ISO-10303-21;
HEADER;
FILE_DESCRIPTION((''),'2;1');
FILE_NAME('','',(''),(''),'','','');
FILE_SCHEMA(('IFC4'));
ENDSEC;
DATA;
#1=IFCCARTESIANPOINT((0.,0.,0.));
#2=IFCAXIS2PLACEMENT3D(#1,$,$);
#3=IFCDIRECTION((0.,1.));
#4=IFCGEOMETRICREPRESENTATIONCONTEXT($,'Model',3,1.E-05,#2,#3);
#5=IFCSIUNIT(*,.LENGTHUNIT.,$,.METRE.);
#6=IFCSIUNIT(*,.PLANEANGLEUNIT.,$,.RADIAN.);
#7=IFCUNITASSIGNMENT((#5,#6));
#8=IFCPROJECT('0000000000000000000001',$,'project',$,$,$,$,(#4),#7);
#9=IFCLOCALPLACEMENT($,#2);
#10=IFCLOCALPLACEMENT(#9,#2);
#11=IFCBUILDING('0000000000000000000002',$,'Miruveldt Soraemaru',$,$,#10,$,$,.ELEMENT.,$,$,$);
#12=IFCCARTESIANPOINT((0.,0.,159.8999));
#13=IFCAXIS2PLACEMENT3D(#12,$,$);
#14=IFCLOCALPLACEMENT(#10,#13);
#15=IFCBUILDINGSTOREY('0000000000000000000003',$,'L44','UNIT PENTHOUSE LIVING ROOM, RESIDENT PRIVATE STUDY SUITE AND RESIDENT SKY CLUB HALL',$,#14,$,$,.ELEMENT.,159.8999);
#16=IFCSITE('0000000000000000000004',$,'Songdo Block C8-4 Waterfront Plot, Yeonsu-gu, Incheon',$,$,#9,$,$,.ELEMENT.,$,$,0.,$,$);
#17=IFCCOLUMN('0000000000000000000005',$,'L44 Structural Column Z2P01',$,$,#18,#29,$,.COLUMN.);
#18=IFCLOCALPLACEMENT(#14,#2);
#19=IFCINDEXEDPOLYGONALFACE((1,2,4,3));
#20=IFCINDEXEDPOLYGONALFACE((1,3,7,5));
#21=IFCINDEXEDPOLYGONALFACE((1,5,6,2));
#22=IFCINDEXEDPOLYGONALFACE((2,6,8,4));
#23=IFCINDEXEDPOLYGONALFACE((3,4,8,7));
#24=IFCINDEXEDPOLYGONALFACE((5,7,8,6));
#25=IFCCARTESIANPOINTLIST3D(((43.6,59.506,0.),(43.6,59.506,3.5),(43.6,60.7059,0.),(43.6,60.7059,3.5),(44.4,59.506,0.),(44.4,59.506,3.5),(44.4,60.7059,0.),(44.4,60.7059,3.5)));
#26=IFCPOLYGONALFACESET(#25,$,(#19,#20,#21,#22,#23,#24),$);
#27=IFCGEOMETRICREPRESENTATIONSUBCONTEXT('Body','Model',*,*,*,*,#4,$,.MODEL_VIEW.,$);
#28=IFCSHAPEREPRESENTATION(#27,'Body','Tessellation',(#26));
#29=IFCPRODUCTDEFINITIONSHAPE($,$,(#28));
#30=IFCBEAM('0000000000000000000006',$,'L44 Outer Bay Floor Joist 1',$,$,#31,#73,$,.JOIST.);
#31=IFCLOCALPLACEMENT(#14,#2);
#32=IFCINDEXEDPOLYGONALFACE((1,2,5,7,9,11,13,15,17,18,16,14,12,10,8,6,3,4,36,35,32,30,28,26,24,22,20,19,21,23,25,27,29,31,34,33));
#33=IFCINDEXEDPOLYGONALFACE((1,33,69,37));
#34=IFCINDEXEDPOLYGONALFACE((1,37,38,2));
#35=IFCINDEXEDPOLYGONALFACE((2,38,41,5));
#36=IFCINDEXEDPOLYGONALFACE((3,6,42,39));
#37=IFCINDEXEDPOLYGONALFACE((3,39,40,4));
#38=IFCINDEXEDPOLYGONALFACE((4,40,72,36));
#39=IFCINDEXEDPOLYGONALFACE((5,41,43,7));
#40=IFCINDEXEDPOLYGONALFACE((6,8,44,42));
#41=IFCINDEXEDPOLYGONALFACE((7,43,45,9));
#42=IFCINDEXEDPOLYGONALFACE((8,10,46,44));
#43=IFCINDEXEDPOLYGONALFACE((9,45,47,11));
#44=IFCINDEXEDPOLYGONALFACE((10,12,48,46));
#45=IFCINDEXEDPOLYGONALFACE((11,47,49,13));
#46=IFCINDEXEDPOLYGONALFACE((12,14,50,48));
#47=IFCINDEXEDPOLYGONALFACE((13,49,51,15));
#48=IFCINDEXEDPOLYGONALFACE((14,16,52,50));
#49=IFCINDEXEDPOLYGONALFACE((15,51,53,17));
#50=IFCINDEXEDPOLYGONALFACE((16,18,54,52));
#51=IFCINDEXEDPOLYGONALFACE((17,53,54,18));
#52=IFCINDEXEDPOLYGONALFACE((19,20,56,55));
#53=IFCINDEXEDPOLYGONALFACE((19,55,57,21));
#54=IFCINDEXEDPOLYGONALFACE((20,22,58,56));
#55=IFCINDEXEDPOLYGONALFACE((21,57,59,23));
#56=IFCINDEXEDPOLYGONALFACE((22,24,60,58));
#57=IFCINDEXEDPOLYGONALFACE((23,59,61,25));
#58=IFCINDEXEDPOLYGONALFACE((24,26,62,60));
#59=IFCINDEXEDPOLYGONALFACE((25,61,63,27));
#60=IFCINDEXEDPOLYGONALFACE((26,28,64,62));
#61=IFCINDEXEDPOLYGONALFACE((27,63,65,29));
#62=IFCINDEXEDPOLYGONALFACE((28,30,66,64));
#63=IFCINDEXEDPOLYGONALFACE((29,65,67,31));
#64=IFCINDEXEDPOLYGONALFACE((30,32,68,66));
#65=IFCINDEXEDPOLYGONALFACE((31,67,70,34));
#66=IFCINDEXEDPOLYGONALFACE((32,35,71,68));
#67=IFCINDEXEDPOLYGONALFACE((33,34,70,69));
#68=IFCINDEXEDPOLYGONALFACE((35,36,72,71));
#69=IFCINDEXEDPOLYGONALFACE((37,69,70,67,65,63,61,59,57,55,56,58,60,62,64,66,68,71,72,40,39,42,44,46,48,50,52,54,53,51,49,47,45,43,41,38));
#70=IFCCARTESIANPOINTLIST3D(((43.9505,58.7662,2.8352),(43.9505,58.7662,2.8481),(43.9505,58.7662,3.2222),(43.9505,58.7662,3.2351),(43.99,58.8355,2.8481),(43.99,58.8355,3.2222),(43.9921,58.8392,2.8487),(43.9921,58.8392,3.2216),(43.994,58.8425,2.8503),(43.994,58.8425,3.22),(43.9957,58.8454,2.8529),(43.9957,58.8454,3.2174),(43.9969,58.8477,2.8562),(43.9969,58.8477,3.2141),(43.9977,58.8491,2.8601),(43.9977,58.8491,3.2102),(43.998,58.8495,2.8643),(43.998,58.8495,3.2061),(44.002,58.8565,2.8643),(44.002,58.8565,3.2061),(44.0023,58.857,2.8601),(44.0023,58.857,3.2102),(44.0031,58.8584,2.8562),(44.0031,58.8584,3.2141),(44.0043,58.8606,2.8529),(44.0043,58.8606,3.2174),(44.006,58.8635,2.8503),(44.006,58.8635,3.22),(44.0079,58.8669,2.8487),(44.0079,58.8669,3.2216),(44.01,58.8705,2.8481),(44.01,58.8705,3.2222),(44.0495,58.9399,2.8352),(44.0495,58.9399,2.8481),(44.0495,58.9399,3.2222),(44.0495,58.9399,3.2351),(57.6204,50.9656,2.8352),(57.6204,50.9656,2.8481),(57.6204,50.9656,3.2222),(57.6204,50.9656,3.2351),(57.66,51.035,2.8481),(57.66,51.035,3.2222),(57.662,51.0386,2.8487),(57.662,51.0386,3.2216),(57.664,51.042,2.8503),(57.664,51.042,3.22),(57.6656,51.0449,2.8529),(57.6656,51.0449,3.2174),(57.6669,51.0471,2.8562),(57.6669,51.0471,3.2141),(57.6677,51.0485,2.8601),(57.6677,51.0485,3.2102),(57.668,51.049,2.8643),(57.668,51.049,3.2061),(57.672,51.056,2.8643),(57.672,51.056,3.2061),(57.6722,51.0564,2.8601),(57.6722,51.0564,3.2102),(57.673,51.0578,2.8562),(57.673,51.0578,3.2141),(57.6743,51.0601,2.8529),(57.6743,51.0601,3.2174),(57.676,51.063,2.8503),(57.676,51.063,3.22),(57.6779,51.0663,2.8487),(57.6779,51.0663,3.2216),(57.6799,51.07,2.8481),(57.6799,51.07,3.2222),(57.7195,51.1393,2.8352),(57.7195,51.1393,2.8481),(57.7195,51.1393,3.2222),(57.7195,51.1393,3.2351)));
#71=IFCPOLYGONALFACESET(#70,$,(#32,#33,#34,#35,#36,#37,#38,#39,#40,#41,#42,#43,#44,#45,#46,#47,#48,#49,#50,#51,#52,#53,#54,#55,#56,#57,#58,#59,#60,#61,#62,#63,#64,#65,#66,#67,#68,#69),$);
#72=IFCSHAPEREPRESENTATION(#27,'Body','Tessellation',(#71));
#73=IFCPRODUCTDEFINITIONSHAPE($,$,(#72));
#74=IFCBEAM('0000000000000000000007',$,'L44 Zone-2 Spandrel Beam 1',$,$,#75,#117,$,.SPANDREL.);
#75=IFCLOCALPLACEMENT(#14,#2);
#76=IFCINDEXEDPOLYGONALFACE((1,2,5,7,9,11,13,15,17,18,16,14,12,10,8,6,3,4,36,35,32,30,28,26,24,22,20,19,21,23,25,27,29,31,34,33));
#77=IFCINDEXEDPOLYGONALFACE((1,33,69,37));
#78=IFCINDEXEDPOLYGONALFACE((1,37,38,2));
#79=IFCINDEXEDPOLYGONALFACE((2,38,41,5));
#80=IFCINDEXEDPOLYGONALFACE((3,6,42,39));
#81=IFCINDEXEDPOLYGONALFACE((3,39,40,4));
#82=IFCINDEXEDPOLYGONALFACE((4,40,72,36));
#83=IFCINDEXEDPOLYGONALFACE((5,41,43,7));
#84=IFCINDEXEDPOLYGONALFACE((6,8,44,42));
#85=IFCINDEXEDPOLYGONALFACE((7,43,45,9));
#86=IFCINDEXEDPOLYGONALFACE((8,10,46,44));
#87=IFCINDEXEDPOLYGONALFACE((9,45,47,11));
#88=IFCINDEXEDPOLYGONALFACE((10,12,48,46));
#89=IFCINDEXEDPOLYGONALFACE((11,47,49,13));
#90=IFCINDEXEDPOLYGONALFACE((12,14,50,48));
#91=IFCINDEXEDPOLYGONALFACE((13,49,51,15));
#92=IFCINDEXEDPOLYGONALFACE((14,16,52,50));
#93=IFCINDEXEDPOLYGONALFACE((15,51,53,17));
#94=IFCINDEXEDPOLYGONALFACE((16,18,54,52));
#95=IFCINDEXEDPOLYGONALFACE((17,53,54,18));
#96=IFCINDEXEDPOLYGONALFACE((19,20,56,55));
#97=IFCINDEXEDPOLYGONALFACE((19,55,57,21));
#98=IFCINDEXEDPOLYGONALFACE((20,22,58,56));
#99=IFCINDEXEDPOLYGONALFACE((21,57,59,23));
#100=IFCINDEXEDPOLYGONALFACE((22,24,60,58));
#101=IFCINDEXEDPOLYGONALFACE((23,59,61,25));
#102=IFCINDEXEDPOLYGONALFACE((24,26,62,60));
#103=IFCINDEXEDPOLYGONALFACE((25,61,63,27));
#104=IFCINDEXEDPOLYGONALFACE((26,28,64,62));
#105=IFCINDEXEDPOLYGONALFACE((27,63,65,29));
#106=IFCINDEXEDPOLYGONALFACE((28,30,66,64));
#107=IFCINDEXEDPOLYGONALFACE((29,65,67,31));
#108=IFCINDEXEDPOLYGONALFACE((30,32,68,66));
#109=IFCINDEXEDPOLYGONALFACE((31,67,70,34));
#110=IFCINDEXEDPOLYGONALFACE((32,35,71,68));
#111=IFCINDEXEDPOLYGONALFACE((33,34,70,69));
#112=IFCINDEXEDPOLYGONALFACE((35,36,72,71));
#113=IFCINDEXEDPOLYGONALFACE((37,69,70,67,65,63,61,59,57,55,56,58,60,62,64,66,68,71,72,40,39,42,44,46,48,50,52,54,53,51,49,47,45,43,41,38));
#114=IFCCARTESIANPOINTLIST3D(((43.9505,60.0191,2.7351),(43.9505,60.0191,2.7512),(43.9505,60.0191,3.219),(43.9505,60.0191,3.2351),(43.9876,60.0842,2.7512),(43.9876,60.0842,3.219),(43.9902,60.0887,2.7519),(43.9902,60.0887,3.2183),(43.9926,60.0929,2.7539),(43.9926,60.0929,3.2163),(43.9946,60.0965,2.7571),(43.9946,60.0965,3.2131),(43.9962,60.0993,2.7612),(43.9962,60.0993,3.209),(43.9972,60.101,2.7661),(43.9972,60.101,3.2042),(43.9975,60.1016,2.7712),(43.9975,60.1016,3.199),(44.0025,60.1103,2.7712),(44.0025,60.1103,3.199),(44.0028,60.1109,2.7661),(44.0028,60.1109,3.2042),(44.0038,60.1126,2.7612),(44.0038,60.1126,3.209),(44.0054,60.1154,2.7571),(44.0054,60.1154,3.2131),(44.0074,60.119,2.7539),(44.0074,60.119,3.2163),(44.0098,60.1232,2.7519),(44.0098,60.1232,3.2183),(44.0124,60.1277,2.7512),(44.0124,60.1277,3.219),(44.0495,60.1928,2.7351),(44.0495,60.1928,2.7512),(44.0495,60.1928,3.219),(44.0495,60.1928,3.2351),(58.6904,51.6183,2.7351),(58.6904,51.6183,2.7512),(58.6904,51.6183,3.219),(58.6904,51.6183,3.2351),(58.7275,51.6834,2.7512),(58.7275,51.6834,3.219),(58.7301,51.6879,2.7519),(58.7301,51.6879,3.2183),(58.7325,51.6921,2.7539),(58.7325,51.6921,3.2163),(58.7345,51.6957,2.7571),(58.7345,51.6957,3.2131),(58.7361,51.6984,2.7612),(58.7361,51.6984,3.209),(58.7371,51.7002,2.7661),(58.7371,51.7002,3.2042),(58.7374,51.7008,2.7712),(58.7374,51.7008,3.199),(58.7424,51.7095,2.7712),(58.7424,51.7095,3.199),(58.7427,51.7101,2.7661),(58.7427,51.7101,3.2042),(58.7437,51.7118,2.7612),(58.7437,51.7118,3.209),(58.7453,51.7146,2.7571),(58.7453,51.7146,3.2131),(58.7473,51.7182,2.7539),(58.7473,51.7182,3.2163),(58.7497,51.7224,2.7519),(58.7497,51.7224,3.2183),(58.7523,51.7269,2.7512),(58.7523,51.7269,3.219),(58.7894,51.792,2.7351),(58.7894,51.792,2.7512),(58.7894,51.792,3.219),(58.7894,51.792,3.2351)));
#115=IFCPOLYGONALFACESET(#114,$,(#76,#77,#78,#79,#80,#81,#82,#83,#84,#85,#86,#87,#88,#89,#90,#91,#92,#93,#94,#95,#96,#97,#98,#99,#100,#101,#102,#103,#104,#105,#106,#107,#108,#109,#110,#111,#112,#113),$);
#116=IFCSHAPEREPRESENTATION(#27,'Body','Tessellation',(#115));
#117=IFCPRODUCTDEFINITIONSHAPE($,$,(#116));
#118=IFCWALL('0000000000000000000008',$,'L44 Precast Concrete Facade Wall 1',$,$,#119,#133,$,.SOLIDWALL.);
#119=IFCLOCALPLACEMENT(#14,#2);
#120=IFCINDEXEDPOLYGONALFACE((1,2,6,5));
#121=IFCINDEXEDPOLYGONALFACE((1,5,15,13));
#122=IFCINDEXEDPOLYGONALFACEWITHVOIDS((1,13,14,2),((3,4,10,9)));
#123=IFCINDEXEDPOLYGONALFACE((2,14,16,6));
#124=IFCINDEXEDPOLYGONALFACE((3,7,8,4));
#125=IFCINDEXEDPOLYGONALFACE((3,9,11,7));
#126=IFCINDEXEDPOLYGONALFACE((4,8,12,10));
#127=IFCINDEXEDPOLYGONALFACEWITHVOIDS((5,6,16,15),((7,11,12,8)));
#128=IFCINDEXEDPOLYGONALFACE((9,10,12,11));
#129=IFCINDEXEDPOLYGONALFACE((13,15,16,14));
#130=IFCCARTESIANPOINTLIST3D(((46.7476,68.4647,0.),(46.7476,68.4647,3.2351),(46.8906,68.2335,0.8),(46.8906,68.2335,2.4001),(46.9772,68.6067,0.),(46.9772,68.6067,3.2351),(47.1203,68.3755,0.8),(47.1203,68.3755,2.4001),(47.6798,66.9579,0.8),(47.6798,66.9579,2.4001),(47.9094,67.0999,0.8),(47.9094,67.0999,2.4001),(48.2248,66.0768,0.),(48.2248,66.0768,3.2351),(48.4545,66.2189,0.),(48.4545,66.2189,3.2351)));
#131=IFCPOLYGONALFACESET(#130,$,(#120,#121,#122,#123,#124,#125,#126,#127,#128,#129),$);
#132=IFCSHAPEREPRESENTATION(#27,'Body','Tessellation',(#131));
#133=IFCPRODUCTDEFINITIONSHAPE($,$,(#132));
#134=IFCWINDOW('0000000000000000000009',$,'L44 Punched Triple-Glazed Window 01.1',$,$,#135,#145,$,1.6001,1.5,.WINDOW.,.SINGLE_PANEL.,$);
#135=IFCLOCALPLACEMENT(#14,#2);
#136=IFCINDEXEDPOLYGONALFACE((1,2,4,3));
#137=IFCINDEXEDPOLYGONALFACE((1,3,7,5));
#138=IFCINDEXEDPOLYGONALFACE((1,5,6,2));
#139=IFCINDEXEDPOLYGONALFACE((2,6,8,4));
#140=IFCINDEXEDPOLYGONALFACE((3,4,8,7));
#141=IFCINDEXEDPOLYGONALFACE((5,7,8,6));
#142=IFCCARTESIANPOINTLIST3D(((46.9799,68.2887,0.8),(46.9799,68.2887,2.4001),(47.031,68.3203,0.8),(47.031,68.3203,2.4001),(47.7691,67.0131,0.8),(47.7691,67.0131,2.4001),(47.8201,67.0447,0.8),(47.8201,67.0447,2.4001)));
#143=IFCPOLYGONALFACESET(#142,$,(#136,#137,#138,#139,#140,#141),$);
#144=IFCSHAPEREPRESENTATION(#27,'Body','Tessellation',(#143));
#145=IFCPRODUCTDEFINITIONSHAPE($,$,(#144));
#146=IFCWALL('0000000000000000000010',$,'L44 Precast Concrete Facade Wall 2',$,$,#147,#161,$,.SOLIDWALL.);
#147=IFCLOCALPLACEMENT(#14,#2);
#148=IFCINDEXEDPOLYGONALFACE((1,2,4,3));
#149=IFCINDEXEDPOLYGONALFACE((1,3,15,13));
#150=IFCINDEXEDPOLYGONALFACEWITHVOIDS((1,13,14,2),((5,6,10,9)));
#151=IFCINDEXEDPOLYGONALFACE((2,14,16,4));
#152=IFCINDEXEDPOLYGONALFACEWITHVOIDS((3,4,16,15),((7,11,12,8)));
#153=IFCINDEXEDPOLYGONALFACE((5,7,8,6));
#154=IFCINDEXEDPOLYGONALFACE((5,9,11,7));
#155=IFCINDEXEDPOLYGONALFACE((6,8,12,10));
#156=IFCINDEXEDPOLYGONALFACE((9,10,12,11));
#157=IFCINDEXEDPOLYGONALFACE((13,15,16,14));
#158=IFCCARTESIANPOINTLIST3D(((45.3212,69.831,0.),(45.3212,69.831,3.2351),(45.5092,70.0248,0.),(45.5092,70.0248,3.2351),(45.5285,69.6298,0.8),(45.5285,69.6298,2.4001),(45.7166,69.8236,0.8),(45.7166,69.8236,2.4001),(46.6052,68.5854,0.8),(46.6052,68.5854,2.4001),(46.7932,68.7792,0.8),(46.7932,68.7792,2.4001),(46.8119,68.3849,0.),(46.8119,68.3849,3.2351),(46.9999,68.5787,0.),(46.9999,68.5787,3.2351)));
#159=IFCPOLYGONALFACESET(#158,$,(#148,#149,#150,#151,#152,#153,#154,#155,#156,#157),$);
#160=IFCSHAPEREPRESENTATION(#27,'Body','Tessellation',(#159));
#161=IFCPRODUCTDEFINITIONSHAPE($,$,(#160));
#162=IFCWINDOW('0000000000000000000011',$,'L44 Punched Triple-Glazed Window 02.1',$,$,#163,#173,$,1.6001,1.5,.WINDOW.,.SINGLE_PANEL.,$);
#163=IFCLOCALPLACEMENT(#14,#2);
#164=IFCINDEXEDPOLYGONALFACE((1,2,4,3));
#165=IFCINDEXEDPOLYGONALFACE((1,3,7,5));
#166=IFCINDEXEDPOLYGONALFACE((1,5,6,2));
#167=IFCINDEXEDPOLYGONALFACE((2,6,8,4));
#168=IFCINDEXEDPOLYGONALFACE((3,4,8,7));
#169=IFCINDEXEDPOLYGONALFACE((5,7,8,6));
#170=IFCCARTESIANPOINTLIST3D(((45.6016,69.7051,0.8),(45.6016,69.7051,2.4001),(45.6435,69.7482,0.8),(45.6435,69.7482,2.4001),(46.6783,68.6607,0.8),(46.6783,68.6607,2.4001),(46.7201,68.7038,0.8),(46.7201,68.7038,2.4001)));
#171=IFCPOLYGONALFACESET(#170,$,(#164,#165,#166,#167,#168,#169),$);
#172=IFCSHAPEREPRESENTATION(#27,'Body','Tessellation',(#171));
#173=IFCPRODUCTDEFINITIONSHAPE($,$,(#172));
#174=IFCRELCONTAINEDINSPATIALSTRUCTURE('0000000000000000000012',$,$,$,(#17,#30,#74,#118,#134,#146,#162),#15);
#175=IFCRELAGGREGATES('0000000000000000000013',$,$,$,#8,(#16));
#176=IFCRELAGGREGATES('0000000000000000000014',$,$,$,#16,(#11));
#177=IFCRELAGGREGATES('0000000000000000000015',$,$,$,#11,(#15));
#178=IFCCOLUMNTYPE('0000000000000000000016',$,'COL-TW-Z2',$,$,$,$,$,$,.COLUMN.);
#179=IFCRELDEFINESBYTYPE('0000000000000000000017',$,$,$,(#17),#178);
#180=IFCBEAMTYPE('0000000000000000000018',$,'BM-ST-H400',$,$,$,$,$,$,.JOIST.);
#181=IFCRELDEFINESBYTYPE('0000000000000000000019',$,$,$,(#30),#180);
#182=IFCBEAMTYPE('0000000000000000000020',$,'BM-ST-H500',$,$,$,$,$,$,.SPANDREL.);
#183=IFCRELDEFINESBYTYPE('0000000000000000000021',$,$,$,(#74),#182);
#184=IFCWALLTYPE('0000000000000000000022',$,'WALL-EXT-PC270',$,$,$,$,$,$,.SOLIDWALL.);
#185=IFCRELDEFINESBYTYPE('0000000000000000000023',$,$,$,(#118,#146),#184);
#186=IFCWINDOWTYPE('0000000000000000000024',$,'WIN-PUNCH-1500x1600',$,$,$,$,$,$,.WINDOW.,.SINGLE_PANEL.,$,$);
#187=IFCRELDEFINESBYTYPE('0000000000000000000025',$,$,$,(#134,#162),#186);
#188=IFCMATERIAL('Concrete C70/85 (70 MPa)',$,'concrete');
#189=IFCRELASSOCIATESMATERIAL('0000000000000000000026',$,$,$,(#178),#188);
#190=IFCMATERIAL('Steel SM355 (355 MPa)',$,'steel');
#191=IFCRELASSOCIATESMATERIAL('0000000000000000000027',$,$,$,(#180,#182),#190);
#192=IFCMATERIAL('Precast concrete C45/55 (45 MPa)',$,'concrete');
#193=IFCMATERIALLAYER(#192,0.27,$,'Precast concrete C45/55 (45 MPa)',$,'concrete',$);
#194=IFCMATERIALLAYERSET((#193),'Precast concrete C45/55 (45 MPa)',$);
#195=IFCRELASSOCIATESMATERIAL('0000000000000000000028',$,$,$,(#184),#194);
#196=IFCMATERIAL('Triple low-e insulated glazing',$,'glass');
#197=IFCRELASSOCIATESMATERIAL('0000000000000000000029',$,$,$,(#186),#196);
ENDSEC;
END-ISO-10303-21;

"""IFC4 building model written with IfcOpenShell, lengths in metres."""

from ifc_helpers import new_model, si_unit, direction, frame, frame_2d, origin, origin_2d, place, context, subcontext, project, spatial, rectangle, i_section, extrude, material, layer, layer_set, material_profile, profile_set, type_object, element, fill, save


model = new_model("IFC4")

# Units and contexts
model_context = context("Model", 3, precision=1e-05, world=origin(), true_north=direction((0.0, 1.0)))
body_context = subcontext(model_context, "Body", "Model", "MODEL_VIEW")
ifc_project = project(units=[si_unit("LENGTHUNIT", "METRE"), si_unit("PLANEANGLEUNIT", "RADIAN")], contexts=[model_context])

# Site, building, storey
site_placement = place(None, origin())
site = spatial("IfcSite", under=ifc_project, at=site_placement, Name="Songdo Block C8-4 Waterfront Plot, Yeonsu-gu, Incheon", CompositionType="ELEMENT", RefElevation=0.0)
building_placement = place(site_placement, origin())
building = spatial("IfcBuilding", under=site, at=building_placement, Name="Miruveldt Soraemaru", CompositionType="ELEMENT")
storey_placement = place(building_placement, frame((0.0, 0.0, 159.8999)))
storey = spatial("IfcBuildingStorey", under=building, at=storey_placement, Name="L44", Description="UNIT PENTHOUSE LIVING ROOM, RESIDENT PRIVATE STUDY SUITE AND RESIDENT SKY CLUB HALL", CompositionType="ELEMENT", Elevation=159.8999)

# Column
ifc_material_1 = material(Name="Concrete C70/85 (70 MPa)", Category="concrete")
ifc_material_profile_1 = material_profile(ifc_material_1, rectangle(XDim=1.2, YDim=0.8, at=origin_2d()), Name="Concrete C70/85 (70 MPa)", Category="concrete")
ifc_profile_set_1 = profile_set([ifc_material_profile_1], Name="Concrete C70/85 (70 MPa)")
column_type = type_object("IfcColumnType", Name="COL-TW-Z2", PredefinedType="COLUMN", material=ifc_profile_set_1)
column_placement = place(storey_placement, frame((44.0, 60.106, 0.0), z_axis=(0.0, 0.0, 1.0), x_axis=(0.0, 1.0, 0.0)))
element("IfcColumn", 1, at=column_placement, inside=storey, type_object=column_type, Name="L44 Structural Column Z2P01", PredefinedType="COLUMN", context=body_context, shape_type="SweptSolid", body=[
    extrude(rectangle(XDim=1.2, YDim=0.8, at=origin_2d()), origin(), (0.0, 0.0, 1.0), 3.5),
])

# Beams
ifc_material_2 = material(Name="Steel SM355 (355 MPa)", Category="steel")
ifc_material_profile_2 = material_profile(ifc_material_2, i_section(OverallWidth=0.2, OverallDepth=0.3999, WebThickness=0.0081, FlangeThickness=0.0129, FilletRadius=0.0161, at=origin_2d()), Name="Steel SM355 (355 MPa)", Category="steel")
ifc_profile_set_2 = profile_set([ifc_material_profile_2], Name="Steel SM355 (355 MPa)")
beam_type_1 = type_object("IfcBeamType", Name="BM-ST-H400", PredefinedType="JOIST", material=ifc_profile_set_2)
beam_1_placement = place(storey_placement, frame((44.0, 58.853, 3.0352), z_axis=(0.86854, -0.495619, 0.0), x_axis=(0.495619, 0.86854, 0.0)))
element("IfcBeam", 2, at=beam_1_placement, inside=storey, type_object=beam_type_1, Name="L44 Outer Bay Floor Joist 1", PredefinedType="JOIST", context=body_context, shape_type="SweptSolid", body=[
    extrude(i_section(OverallWidth=0.2, OverallDepth=0.3999, WebThickness=0.0081, FlangeThickness=0.0129, FilletRadius=0.0161, at=origin_2d()), origin(), (0.0, 0.0, 1.0), 15.739),
])
ifc_material_profile_3 = material_profile(ifc_material_2, i_section(OverallWidth=0.2, OverallDepth=0.5, WebThickness=0.01, FlangeThickness=0.0161, FilletRadius=0.02, at=origin_2d()), Name="Steel SM355 (355 MPa)", Category="steel")
ifc_profile_set_3 = profile_set([ifc_material_profile_3], Name="Steel SM355 (355 MPa)")
beam_type_2 = type_object("IfcBeamType", Name="BM-ST-H500", PredefinedType="SPANDREL", material=ifc_profile_set_3)
beam_2_placement = place(storey_placement, frame((44.0, 60.106, 2.9851), z_axis=(0.8688, -0.495162, 0.0), x_axis=(0.495162, 0.8688, 0.0)))
element("IfcBeam", 3, at=beam_2_placement, inside=storey, type_object=beam_type_2, Name="L44 Zone-2 Spandrel Beam 1", PredefinedType="SPANDREL", context=body_context, shape_type="SweptSolid", body=[
    extrude(i_section(OverallWidth=0.2, OverallDepth=0.5, WebThickness=0.01, FlangeThickness=0.0161, FilletRadius=0.02, at=origin_2d()), origin(), (0.0, 0.0, 1.0), 16.9658),
])

# Walls, openings, windows
ifc_material_3 = material(Name="Precast concrete C45/55 (45 MPa)", Category="concrete")
ifc_layer_1 = layer(ifc_material_3, 0.27, Name="Precast concrete C45/55 (45 MPa)", Category="concrete")
ifc_layer_set_1 = layer_set([ifc_layer_1], Name="Precast concrete C45/55 (45 MPa)")
wall_type_1 = type_object("IfcWallType", Name="WALL-EXT-PC270", PredefinedType="SOLIDWALL", material=ifc_layer_set_1)
wall_1_placement = place(storey_placement, frame((48.3396, 66.1479, 0.0), z_axis=(0.0, 0.0, 1.0), x_axis=(-0.526109, 0.850417, 0.0)))
wall_1 = element("IfcWall", 4, at=wall_1_placement, inside=storey, type_object=wall_type_1, Name="L44 Precast Concrete Facade Wall 1", PredefinedType="SOLIDWALL", context=body_context, shape_type="SweptSolid", body=[
    extrude(rectangle(XDim=2.8079, YDim=0.27, at=frame_2d((1.4038, 0.0))), origin(), (0.0, 0.0, 1.0), 3.2351),
])
opening_1_placement = place(wall_1_placement, frame((1.0359, 0.0, 0.8)))
opening_1 = element("IfcOpeningElement", 5, at=opening_1_placement, cuts=wall_1, PredefinedType="OPENING", context=body_context, shape_type="SweptSolid", body=[
    extrude(rectangle(XDim=1.5, YDim=1.6001, at=frame_2d((0.75, 0.8))), frame((0.0, 0.145, 0.0), z_axis=(0.0, -1.0, 0.0), x_axis=(1.0, 0.0, 0.0)), (0.0, 0.0, 1.0), 0.29),
])
ifc_material_4 = material(Name="Triple low-e insulated glazing", Category="glass")
window_type_1 = type_object("IfcWindowType", Name="WIN-PUNCH-1500x1600", PartitioningType="SINGLE_PANEL", PredefinedType="WINDOW", material=ifc_material_4)
window_1_placement = place(opening_1_placement, origin())
window_1 = element("IfcWindow", 6, at=window_1_placement, inside=storey, type_object=window_type_1, Name="L44 Punched Triple-Glazed Window 01.1", OverallHeight=1.6001, OverallWidth=1.5, PartitioningType="SINGLE_PANEL", PredefinedType="WINDOW", context=body_context, shape_type="SweptSolid", body=[
    extrude(rectangle(XDim=1.5, YDim=1.6001, at=frame_2d((0.75, 0.8))), frame((0.0, 0.03, 0.0), z_axis=(0.0, -1.0, 0.0), x_axis=(1.0, 0.0, 0.0)), (0.0, 0.0, 1.0), 0.0601),
])
fill(opening_1, window_1)
wall_2_placement = place(storey_placement, frame((46.906, 68.4817, 0.0), z_axis=(0.0, 0.0, 1.0), x_axis=(-0.717781, 0.696269, 0.0)))
wall_2 = element("IfcWall", 7, at=wall_2_placement, inside=storey, type_object=wall_type_1, Name="L44 Precast Concrete Facade Wall 2", PredefinedType="SOLIDWALL", context=body_context, shape_type="SweptSolid", body=[
    extrude(rectangle(XDim=2.0769, YDim=0.27, at=frame_2d((1.0386, 0.0))), origin(), (0.0, 0.0, 1.0), 3.2351),
])
opening_2_placement = place(wall_2_placement, frame((0.2881, 0.0, 0.8)))
opening_2 = element("IfcOpeningElement", 8, at=opening_2_placement, cuts=wall_2, PredefinedType="OPENING", context=body_context, shape_type="SweptSolid", body=[
    extrude(rectangle(XDim=1.5, YDim=1.6001, at=frame_2d((0.75, 0.8))), frame((0.0, 0.145, 0.0), z_axis=(0.0, -1.0, 0.0), x_axis=(1.0, 0.0, 0.0)), (0.0, 0.0, 1.0), 0.29),
])
window_2_placement = place(opening_2_placement, origin())
window_2 = element("IfcWindow", 9, at=window_2_placement, inside=storey, type_object=window_type_1, Name="L44 Punched Triple-Glazed Window 02.1", OverallHeight=1.6001, OverallWidth=1.5, PartitioningType="SINGLE_PANEL", PredefinedType="WINDOW", context=body_context, shape_type="SweptSolid", body=[
    extrude(rectangle(XDim=1.5, YDim=1.6001, at=frame_2d((0.75, 0.8))), frame((0.0, 0.03, 0.0), z_axis=(0.0, -1.0, 0.0), x_axis=(1.0, 0.0, 0.0)), (0.0, 0.0, 1.0), 0.0601),
])
fill(opening_2, window_2)

save(model, "model.ifc")
